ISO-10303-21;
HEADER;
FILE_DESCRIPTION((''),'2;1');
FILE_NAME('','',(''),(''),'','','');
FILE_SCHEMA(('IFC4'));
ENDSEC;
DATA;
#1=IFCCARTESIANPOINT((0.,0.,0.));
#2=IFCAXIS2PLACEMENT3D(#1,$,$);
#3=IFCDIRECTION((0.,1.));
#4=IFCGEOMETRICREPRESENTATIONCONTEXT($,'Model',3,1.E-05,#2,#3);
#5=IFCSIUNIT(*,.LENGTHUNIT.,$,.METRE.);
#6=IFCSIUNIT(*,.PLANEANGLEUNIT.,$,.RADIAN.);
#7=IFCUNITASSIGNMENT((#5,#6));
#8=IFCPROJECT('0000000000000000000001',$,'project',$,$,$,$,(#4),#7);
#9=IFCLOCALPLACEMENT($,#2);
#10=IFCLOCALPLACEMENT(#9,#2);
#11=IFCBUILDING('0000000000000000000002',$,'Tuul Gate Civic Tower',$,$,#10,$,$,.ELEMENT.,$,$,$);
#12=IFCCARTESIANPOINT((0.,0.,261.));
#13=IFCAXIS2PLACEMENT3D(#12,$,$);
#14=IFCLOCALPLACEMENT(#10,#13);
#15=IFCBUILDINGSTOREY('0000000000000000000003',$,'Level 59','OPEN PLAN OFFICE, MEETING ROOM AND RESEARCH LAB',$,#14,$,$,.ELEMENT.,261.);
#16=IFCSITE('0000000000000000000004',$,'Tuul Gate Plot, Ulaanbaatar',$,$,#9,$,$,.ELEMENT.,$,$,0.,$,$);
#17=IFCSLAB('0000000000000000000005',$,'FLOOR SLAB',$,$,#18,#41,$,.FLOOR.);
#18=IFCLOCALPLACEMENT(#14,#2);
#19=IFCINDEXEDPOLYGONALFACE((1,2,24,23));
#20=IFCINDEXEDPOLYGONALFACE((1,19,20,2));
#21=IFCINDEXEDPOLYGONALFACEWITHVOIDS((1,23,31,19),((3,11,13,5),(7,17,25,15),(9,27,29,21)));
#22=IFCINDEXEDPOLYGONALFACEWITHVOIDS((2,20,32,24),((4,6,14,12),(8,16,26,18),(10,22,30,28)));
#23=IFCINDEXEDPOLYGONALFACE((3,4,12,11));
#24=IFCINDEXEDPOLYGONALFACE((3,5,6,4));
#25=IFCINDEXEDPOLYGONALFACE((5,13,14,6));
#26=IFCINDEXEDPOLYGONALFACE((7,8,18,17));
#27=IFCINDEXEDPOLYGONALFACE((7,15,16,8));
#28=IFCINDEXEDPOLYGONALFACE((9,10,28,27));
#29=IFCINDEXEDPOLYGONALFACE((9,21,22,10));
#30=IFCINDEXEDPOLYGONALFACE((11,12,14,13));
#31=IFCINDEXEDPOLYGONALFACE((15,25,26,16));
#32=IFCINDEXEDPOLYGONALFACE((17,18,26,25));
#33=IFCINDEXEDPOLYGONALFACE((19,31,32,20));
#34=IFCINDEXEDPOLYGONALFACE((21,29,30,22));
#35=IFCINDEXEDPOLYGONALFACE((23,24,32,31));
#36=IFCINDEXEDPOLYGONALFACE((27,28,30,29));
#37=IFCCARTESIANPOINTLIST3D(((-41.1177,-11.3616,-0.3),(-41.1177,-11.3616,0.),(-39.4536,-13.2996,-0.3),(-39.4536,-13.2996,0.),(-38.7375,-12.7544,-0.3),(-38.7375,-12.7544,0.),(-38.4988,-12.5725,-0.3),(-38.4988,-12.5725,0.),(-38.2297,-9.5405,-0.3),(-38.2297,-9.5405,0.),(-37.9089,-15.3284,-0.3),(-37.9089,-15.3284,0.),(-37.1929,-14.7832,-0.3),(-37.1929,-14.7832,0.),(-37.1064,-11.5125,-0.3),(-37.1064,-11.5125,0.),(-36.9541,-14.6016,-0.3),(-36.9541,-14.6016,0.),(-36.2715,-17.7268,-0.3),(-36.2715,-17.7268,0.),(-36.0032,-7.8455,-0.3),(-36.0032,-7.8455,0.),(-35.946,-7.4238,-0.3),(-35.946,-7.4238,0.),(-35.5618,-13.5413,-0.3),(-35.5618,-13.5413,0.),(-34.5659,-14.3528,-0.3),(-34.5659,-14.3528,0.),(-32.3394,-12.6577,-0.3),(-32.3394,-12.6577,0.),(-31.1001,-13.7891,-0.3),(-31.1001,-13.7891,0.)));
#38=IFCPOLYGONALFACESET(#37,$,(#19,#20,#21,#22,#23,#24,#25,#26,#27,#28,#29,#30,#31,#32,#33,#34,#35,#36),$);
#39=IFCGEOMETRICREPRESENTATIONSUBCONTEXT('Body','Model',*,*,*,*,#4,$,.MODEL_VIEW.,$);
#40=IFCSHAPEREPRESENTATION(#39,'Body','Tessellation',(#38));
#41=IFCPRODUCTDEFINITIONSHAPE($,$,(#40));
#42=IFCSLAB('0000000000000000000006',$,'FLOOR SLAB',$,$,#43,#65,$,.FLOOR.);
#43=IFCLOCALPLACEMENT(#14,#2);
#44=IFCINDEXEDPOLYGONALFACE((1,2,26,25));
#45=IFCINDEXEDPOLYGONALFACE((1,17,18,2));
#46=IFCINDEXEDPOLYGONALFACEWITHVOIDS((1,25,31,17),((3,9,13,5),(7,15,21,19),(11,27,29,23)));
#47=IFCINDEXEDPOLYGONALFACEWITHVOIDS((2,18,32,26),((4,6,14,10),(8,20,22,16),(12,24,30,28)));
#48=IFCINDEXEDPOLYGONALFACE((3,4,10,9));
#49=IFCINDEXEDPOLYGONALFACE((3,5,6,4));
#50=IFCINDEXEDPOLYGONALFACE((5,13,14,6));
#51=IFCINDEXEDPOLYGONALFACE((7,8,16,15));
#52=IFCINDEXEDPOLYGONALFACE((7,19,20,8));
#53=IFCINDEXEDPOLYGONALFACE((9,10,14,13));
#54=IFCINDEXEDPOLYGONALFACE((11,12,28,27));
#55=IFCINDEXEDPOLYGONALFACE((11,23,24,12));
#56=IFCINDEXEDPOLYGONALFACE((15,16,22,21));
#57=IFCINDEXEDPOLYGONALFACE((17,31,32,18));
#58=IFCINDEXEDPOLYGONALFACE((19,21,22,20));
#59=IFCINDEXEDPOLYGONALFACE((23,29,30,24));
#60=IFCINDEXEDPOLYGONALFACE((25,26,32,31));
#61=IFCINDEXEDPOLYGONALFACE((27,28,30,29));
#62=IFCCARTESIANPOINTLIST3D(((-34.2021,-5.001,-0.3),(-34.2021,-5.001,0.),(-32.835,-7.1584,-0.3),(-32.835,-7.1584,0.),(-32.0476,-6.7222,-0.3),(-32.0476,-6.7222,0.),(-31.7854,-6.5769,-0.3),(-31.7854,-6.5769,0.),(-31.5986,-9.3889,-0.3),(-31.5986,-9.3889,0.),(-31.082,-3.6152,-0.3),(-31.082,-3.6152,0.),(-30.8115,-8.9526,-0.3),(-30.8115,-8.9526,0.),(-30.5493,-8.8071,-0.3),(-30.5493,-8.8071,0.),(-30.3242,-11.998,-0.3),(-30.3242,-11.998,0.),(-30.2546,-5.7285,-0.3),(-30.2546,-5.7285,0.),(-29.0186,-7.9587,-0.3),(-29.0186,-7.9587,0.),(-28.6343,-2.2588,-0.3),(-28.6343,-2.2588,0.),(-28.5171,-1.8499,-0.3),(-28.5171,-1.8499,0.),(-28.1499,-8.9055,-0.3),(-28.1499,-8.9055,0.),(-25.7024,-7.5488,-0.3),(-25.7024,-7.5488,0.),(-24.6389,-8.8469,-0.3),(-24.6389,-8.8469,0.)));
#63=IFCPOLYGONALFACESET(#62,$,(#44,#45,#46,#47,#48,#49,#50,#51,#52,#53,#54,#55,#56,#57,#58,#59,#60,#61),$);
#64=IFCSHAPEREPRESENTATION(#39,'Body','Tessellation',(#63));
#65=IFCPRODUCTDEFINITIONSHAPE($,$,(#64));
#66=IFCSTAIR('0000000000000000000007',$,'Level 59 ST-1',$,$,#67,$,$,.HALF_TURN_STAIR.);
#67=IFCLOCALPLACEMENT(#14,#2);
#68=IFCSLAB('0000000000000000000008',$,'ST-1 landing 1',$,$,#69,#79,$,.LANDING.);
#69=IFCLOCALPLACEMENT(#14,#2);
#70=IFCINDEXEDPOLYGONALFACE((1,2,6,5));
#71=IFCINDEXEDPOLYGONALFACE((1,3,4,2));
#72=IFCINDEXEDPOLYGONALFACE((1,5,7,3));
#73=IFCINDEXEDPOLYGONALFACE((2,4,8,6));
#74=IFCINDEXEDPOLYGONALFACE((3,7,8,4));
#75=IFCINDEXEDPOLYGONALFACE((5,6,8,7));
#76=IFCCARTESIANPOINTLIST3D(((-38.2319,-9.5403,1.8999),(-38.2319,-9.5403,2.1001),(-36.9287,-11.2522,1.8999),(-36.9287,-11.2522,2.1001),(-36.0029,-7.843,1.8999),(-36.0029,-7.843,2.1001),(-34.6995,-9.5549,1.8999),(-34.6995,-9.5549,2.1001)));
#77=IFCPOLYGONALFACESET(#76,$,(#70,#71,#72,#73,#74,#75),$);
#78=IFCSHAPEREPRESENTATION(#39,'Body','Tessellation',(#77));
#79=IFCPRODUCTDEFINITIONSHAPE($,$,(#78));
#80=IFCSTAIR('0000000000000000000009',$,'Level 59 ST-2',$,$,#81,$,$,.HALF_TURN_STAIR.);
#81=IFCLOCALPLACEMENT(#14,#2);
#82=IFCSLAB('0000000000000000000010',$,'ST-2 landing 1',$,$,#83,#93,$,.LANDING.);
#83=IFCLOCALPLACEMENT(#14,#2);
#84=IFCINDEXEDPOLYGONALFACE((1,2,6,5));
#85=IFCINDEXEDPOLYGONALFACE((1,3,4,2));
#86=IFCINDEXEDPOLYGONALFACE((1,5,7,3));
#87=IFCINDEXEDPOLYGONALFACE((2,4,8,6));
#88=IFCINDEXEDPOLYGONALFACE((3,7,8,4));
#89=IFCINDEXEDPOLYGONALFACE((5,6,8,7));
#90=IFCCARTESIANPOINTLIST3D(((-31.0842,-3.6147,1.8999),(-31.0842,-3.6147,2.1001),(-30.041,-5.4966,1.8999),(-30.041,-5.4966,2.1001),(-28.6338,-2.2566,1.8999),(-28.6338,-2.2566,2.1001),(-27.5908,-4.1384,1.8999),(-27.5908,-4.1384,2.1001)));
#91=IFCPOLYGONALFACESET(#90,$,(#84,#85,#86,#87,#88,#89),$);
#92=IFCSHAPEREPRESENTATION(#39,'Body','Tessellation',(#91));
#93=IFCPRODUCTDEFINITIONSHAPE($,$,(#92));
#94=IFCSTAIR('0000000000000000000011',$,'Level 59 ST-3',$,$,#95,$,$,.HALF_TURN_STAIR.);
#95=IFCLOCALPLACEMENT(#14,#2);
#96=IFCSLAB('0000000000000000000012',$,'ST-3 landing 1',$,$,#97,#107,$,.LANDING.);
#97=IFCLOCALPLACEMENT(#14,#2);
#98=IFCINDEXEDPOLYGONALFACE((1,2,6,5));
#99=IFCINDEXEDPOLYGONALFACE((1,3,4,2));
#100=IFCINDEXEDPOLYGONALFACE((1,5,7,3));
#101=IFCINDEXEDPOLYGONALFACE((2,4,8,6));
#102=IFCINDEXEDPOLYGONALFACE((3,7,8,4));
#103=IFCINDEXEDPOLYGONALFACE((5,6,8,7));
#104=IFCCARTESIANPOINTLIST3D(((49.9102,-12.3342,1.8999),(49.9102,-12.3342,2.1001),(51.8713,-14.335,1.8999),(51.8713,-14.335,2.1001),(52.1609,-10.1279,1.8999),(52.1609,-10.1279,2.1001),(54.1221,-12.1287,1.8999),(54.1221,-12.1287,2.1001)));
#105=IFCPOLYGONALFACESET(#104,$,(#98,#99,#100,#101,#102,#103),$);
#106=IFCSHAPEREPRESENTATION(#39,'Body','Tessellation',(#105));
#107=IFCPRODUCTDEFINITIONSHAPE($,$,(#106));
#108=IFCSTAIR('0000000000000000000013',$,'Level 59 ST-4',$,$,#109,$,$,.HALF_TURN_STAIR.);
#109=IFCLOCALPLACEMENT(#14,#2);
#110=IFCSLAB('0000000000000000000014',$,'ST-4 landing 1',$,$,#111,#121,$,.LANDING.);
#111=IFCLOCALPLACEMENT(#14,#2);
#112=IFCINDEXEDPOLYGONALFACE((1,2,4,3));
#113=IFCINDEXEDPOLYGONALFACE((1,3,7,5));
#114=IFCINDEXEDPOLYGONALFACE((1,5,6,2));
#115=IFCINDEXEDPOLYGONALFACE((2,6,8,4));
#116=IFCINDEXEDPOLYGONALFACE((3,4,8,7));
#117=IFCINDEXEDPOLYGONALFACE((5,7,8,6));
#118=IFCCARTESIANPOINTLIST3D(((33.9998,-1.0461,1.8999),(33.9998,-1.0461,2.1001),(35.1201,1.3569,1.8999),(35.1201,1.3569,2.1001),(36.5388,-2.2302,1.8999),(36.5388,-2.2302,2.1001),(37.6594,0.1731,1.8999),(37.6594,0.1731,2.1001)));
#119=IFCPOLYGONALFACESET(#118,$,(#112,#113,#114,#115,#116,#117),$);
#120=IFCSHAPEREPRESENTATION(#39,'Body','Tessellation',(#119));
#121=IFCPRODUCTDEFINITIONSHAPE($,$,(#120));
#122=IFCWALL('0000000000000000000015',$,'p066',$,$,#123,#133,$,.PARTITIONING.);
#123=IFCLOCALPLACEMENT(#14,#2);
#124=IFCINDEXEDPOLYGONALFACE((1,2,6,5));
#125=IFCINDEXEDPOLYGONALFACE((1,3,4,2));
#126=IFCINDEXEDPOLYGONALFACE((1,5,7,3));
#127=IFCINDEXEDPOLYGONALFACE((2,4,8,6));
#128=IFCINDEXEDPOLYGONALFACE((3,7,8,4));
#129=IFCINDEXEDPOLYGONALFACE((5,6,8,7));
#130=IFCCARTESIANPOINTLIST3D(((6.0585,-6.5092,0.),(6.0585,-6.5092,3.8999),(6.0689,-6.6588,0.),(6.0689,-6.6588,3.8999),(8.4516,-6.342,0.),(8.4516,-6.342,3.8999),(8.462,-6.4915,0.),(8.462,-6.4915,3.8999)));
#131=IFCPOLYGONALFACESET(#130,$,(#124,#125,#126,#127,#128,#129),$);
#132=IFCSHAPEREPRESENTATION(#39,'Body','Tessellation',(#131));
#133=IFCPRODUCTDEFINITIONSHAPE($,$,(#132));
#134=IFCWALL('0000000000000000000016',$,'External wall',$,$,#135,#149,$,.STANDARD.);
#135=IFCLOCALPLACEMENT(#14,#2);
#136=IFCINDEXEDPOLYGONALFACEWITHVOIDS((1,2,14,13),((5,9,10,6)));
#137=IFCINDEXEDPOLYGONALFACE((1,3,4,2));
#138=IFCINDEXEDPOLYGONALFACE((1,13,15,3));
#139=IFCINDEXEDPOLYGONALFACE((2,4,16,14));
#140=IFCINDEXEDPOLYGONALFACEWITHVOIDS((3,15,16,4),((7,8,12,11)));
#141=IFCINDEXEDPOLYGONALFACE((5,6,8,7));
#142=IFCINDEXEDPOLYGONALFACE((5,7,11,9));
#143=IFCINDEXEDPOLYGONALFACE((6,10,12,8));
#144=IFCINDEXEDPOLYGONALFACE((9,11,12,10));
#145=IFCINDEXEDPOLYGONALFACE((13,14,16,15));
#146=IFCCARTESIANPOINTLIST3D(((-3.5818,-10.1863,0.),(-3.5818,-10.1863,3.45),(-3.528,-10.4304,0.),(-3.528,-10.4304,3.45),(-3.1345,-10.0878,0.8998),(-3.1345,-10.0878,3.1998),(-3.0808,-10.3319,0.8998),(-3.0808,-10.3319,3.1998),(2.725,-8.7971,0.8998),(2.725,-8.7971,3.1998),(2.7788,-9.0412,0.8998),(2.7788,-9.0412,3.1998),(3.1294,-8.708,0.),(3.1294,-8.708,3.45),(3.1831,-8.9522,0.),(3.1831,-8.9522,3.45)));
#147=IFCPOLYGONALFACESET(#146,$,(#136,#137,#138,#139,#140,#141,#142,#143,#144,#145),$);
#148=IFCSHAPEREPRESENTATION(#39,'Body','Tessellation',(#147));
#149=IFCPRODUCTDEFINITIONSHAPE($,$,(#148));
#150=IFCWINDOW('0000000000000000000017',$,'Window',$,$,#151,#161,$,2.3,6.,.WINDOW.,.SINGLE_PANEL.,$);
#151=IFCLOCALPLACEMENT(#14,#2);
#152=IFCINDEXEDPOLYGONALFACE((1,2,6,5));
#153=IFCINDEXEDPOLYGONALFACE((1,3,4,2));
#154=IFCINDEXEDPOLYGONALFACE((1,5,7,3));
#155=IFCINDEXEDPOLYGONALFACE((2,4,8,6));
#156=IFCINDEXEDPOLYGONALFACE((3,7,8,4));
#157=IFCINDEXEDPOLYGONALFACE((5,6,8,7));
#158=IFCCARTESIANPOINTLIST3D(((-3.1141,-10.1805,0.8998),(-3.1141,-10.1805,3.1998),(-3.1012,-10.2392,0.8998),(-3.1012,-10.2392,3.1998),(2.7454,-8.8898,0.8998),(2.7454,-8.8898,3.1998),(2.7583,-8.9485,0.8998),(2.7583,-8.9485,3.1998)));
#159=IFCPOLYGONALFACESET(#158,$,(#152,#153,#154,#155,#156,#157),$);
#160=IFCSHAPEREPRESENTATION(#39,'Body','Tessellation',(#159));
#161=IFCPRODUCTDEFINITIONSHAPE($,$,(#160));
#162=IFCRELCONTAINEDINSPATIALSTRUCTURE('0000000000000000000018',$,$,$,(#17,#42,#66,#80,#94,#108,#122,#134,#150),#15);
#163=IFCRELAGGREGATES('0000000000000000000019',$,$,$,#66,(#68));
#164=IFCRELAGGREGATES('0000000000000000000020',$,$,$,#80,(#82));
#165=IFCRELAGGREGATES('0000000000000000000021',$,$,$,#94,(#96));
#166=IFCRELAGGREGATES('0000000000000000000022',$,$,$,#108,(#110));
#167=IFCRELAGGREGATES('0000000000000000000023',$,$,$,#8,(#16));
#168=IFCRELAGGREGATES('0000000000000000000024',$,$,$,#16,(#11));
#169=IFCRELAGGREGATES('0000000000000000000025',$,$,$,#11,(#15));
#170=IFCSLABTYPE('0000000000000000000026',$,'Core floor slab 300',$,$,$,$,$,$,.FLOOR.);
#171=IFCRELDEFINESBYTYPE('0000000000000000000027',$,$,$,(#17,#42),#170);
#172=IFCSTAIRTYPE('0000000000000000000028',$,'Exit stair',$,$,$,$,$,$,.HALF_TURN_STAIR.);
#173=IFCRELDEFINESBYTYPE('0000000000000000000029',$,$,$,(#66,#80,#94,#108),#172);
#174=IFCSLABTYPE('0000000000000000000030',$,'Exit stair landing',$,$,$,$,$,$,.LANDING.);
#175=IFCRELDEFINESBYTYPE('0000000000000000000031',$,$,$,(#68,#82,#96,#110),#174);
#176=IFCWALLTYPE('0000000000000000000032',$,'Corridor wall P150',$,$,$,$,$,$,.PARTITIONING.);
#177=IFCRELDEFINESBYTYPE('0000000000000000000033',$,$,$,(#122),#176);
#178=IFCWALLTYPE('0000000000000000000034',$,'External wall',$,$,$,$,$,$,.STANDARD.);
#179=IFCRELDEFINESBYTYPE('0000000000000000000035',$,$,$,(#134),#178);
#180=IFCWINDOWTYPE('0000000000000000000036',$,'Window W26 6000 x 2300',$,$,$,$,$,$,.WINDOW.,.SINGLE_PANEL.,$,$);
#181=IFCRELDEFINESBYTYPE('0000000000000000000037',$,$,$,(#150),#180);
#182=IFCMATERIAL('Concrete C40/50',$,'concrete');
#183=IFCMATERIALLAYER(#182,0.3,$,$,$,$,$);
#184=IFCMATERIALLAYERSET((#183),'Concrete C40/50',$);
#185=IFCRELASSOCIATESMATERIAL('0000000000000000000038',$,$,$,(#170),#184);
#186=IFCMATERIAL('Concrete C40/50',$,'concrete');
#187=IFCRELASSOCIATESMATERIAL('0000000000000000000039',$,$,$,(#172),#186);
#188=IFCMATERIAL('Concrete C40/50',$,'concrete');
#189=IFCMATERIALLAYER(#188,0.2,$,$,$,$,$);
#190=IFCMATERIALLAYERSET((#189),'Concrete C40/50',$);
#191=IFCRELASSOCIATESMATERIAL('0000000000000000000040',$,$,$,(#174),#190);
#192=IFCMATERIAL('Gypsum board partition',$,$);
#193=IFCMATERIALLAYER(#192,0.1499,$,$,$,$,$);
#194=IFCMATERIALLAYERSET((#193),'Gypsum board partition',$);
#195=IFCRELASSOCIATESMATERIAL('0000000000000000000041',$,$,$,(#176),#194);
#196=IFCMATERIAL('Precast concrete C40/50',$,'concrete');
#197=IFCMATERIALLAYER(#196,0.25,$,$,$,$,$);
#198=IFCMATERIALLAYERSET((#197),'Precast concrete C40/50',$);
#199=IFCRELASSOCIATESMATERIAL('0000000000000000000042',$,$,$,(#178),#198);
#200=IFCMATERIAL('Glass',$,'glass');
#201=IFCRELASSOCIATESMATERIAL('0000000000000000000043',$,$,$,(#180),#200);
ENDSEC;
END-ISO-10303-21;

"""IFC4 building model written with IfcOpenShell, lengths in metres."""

from ifc_helpers import new_model, si_unit, direction, frame, frame_2d, origin, place, context, subcontext, project, spatial, polyline, rectangle, outline, extrude, material, layer, layer_set, type_object, element, fill, aggregate, save


model = new_model("IFC4")

# Units and contexts
model_context = context("Model", 3, precision=1e-05, world=origin(), true_north=direction((0.0, 1.0)))
body_context = subcontext(model_context, "Body", "Model", "MODEL_VIEW")
ifc_project = project(units=[si_unit("LENGTHUNIT", "METRE"), si_unit("PLANEANGLEUNIT", "RADIAN")], contexts=[model_context])

# Site, building, storey
site_placement = place(None, origin())
site = spatial("IfcSite", under=ifc_project, at=site_placement, Name="Tuul Gate Plot, Ulaanbaatar", CompositionType="ELEMENT", RefElevation=0.0)
building_placement = place(site_placement, origin())
building = spatial("IfcBuilding", under=site, at=building_placement, Name="Tuul Gate Civic Tower", CompositionType="ELEMENT")
storey_placement = place(building_placement, frame((0.0, 0.0, 261.0)))
storey = spatial("IfcBuildingStorey", under=building, at=storey_placement, Name="Level 59", Description="OPEN PLAN OFFICE, MEETING ROOM AND RESEARCH LAB", CompositionType="ELEMENT", Elevation=261.0)

# Slabs
ifc_material_1 = material(Name="Concrete C40/50", Category="concrete")
ifc_layer_1 = layer(ifc_material_1, 0.3)
ifc_layer_set_1 = layer_set([ifc_layer_1], Name="Concrete C40/50")
slab_type_1 = type_object("IfcSlabType", Name="Core floor slab 300", PredefinedType="FLOOR", material=ifc_layer_set_1)
slab_1_placement = place(storey_placement, frame((0.0, 0.0, -0.3)))
element("IfcSlab", 1, at=slab_1_placement, inside=storey, type_object=slab_type_1, Name="FLOOR SLAB", PredefinedType="FLOOR", context=body_context, shape_type="SweptSolid", body=[
    extrude(outline(polyline([(-31.1001, -13.7891), (-35.946, -7.4238), (-41.1177, -11.3616), (-36.2715, -17.7268), (-31.1001, -13.7891)]), holes=[polyline([(-35.5618, -13.5413), (-37.1064, -11.5125), (-38.4988, -12.5725), (-36.9541, -14.6016), (-35.5618, -13.5413)]), polyline([(-37.1929, -14.7832), (-38.7375, -12.7544), (-39.4536, -13.2996), (-37.9089, -15.3284), (-37.1929, -14.7832)]), polyline([(-32.3394, -12.6577), (-34.5659, -14.3528), (-38.2297, -9.5405), (-36.0032, -7.8455), (-32.3394, -12.6577)])]), origin(), (0.0, 0.0, 1.0), 0.3),
])
slab_2_placement = place(storey_placement, frame((0.0, 0.0, -0.3)))
element("IfcSlab", 2, at=slab_2_placement, inside=storey, type_object=slab_type_1, Name="FLOOR SLAB", PredefinedType="FLOOR", context=body_context, shape_type="SweptSolid", body=[
    extrude(outline(polyline([(-24.6389, -8.8469), (-28.5171, -1.8499), (-34.2021, -5.001), (-30.3242, -11.998), (-24.6389, -8.8469)]), holes=[polyline([(-29.0186, -7.9587), (-30.2546, -5.7285), (-31.7854, -6.5769), (-30.5493, -8.8071), (-29.0186, -7.9587)]), polyline([(-30.8115, -8.9526), (-32.0476, -6.7222), (-32.835, -7.1584), (-31.5986, -9.3889), (-30.8115, -8.9526)]), polyline([(-25.7024, -7.5488), (-28.1499, -8.9055), (-31.082, -3.6152), (-28.6343, -2.2588), (-25.7024, -7.5488)])]), origin(), (0.0, 0.0, 1.0), 0.3),
])

# Stairs, slabs
ifc_material_2 = material(Name="Concrete C40/50", Category="concrete")
stair_type = type_object("IfcStairType", Name="Exit stair", PredefinedType="HALF_TURN_STAIR", material=ifc_material_2)
stair_1_placement = place(storey_placement, origin())
stair_1 = element("IfcStair", 3, at=stair_1_placement, inside=storey, type_object=stair_type, Name="Level 59 ST-1", PredefinedType="HALF_TURN_STAIR")
ifc_material_3 = material(Name="Concrete C40/50", Category="concrete")
ifc_layer_2 = layer(ifc_material_3, 0.2)
ifc_layer_set_2 = layer_set([ifc_layer_2], Name="Concrete C40/50")
slab_type_2 = type_object("IfcSlabType", Name="Exit stair landing", PredefinedType="LANDING", material=ifc_layer_set_2)
slab_3_placement = place(storey_placement, frame((0.0, 0.0, 1.8999)))
slab_3 = element("IfcSlab", 4, at=slab_3_placement, type_object=slab_type_2, Name="ST-1 landing 1", PredefinedType="LANDING", context=body_context, shape_type="SweptSolid", body=[
    extrude(outline(polyline([(-34.6995, -9.5549), (-36.9287, -11.2522), (-38.2319, -9.5403), (-36.0029, -7.843), (-34.6995, -9.5549)])), origin(), (0.0, 0.0, 1.0), 0.2002),
])
aggregate(stair_1, [slab_3])
stair_2_placement = place(storey_placement, origin())
stair_2 = element("IfcStair", 5, at=stair_2_placement, inside=storey, type_object=stair_type, Name="Level 59 ST-2", PredefinedType="HALF_TURN_STAIR")
slab_4_placement = place(storey_placement, frame((0.0, 0.0, 1.8999)))
slab_4 = element("IfcSlab", 6, at=slab_4_placement, type_object=slab_type_2, Name="ST-2 landing 1", PredefinedType="LANDING", context=body_context, shape_type="SweptSolid", body=[
    extrude(outline(polyline([(-27.5908, -4.1384), (-30.041, -5.4966), (-31.0842, -3.6147), (-28.6338, -2.2566), (-27.5908, -4.1384)])), origin(), (0.0, 0.0, 1.0), 0.2002),
])
aggregate(stair_2, [slab_4])
stair_3_placement = place(storey_placement, origin())
stair_3 = element("IfcStair", 7, at=stair_3_placement, inside=storey, type_object=stair_type, Name="Level 59 ST-3", PredefinedType="HALF_TURN_STAIR")
slab_5_placement = place(storey_placement, frame((0.0, 0.0, 1.8999)))
slab_5 = element("IfcSlab", 8, at=slab_5_placement, type_object=slab_type_2, Name="ST-3 landing 1", PredefinedType="LANDING", context=body_context, shape_type="SweptSolid", body=[
    extrude(outline(polyline([(51.8713, -14.335), (49.9102, -12.3342), (52.1609, -10.1279), (54.1221, -12.1287), (51.8713, -14.335)])), origin(), (0.0, 0.0, 1.0), 0.2002),
])
aggregate(stair_3, [slab_5])
stair_4_placement = place(storey_placement, origin())
stair_4 = element("IfcStair", 9, at=stair_4_placement, inside=storey, type_object=stair_type, Name="Level 59 ST-4", PredefinedType="HALF_TURN_STAIR")
slab_6_placement = place(storey_placement, frame((0.0, 0.0, 1.8999)))
slab_6 = element("IfcSlab", 10, at=slab_6_placement, type_object=slab_type_2, Name="ST-4 landing 1", PredefinedType="LANDING", context=body_context, shape_type="SweptSolid", body=[
    extrude(outline(polyline([(36.5388, -2.2302), (33.9998, -1.0461), (35.1201, 1.3569), (37.6594, 0.1731), (36.5388, -2.2302)])), origin(), (0.0, 0.0, 1.0), 0.2002),
])
aggregate(stair_4, [slab_6])

# Wall
ifc_material_4 = material(Name="Gypsum board partition")
ifc_layer_3 = layer(ifc_material_4, 0.1499)
ifc_layer_set_3 = layer_set([ifc_layer_3], Name="Gypsum board partition")
wall_type_1 = type_object("IfcWallType", Name="Corridor wall P150", PredefinedType="PARTITIONING", material=ifc_layer_set_3)
wall_1_placement = place(storey_placement, frame((6.0637, -6.584, 0.0), z_axis=(0.0, 0.0, 1.0), x_axis=(0.997567, 0.069714, 0.0)))
element("IfcWall", 11, at=wall_1_placement, inside=storey, type_object=wall_type_1, Name="p066", PredefinedType="PARTITIONING", context=body_context, shape_type="SweptSolid", body=[
    extrude(rectangle(XDim=2.3989, YDim=0.1499, at=frame_2d((1.1995, 0.0))), origin(), (0.0, 0.0, 1.0), 3.8999),
])

# Wall, opening, window
ifc_material_5 = material(Name="Precast concrete C40/50", Category="concrete")
ifc_layer_4 = layer(ifc_material_5, 0.25)
ifc_layer_set_4 = layer_set([ifc_layer_4], Name="Precast concrete C40/50")
wall_type_2 = type_object("IfcWallType", Name="External wall", PredefinedType="STANDARD", material=ifc_layer_set_4)
wall_2_placement = place(storey_placement, frame((-3.5549, -10.3083, 0.0), z_axis=(0.0, 0.0, 1.0), x_axis=(0.976589, 0.215113, 0.0)))
wall_2 = element("IfcWall", 12, at=wall_2_placement, inside=storey, type_object=wall_type_2, Name="External wall", PredefinedType="STANDARD", context=body_context, shape_type="SweptSolid", body=[
    extrude(rectangle(XDim=6.8721, YDim=0.25, at=frame_2d((3.436, 0.0))), origin(), (0.0, 0.0, 1.0), 3.45),
])
opening_1_placement = place(wall_2_placement, frame((0.458, 0.0, 0.8999)))
opening_1 = element("IfcOpeningElement", 13, at=opening_1_placement, cuts=wall_2, PredefinedType="OPENING", context=body_context, shape_type="SweptSolid", body=[
    extrude(rectangle(XDim=6.0, YDim=2.3, at=frame_2d((3.0, 1.1499))), frame((0.0, 0.135, 0.0), z_axis=(0.0, -1.0, 0.0), x_axis=(1.0, 0.0, 0.0)), (0.0, 0.0, 1.0), 0.27),
])
ifc_material_6 = material(Name="Glass", Category="glass")
window_type = type_object("IfcWindowType", Name="Window W26 6000 x 2300", PartitioningType="SINGLE_PANEL", PredefinedType="WINDOW", material=ifc_material_6)
window_1_placement = place(opening_1_placement, origin())
window_1 = element("IfcWindow", 14, at=window_1_placement, inside=storey, type_object=window_type, Name="Window", OverallHeight=2.3, OverallWidth=6.0, PartitioningType="SINGLE_PANEL", PredefinedType="WINDOW", context=body_context, shape_type="SweptSolid", body=[
    extrude(rectangle(XDim=6.0, YDim=2.3, at=frame_2d((3.0, 1.1499))), frame((0.0, 0.03, 0.0), z_axis=(0.0, -1.0, 0.0), x_axis=(1.0, 0.0, 0.0)), (0.0, 0.0, 1.0), 0.0601),
])
fill(opening_1, window_1)

save(model, "model.ifc")
